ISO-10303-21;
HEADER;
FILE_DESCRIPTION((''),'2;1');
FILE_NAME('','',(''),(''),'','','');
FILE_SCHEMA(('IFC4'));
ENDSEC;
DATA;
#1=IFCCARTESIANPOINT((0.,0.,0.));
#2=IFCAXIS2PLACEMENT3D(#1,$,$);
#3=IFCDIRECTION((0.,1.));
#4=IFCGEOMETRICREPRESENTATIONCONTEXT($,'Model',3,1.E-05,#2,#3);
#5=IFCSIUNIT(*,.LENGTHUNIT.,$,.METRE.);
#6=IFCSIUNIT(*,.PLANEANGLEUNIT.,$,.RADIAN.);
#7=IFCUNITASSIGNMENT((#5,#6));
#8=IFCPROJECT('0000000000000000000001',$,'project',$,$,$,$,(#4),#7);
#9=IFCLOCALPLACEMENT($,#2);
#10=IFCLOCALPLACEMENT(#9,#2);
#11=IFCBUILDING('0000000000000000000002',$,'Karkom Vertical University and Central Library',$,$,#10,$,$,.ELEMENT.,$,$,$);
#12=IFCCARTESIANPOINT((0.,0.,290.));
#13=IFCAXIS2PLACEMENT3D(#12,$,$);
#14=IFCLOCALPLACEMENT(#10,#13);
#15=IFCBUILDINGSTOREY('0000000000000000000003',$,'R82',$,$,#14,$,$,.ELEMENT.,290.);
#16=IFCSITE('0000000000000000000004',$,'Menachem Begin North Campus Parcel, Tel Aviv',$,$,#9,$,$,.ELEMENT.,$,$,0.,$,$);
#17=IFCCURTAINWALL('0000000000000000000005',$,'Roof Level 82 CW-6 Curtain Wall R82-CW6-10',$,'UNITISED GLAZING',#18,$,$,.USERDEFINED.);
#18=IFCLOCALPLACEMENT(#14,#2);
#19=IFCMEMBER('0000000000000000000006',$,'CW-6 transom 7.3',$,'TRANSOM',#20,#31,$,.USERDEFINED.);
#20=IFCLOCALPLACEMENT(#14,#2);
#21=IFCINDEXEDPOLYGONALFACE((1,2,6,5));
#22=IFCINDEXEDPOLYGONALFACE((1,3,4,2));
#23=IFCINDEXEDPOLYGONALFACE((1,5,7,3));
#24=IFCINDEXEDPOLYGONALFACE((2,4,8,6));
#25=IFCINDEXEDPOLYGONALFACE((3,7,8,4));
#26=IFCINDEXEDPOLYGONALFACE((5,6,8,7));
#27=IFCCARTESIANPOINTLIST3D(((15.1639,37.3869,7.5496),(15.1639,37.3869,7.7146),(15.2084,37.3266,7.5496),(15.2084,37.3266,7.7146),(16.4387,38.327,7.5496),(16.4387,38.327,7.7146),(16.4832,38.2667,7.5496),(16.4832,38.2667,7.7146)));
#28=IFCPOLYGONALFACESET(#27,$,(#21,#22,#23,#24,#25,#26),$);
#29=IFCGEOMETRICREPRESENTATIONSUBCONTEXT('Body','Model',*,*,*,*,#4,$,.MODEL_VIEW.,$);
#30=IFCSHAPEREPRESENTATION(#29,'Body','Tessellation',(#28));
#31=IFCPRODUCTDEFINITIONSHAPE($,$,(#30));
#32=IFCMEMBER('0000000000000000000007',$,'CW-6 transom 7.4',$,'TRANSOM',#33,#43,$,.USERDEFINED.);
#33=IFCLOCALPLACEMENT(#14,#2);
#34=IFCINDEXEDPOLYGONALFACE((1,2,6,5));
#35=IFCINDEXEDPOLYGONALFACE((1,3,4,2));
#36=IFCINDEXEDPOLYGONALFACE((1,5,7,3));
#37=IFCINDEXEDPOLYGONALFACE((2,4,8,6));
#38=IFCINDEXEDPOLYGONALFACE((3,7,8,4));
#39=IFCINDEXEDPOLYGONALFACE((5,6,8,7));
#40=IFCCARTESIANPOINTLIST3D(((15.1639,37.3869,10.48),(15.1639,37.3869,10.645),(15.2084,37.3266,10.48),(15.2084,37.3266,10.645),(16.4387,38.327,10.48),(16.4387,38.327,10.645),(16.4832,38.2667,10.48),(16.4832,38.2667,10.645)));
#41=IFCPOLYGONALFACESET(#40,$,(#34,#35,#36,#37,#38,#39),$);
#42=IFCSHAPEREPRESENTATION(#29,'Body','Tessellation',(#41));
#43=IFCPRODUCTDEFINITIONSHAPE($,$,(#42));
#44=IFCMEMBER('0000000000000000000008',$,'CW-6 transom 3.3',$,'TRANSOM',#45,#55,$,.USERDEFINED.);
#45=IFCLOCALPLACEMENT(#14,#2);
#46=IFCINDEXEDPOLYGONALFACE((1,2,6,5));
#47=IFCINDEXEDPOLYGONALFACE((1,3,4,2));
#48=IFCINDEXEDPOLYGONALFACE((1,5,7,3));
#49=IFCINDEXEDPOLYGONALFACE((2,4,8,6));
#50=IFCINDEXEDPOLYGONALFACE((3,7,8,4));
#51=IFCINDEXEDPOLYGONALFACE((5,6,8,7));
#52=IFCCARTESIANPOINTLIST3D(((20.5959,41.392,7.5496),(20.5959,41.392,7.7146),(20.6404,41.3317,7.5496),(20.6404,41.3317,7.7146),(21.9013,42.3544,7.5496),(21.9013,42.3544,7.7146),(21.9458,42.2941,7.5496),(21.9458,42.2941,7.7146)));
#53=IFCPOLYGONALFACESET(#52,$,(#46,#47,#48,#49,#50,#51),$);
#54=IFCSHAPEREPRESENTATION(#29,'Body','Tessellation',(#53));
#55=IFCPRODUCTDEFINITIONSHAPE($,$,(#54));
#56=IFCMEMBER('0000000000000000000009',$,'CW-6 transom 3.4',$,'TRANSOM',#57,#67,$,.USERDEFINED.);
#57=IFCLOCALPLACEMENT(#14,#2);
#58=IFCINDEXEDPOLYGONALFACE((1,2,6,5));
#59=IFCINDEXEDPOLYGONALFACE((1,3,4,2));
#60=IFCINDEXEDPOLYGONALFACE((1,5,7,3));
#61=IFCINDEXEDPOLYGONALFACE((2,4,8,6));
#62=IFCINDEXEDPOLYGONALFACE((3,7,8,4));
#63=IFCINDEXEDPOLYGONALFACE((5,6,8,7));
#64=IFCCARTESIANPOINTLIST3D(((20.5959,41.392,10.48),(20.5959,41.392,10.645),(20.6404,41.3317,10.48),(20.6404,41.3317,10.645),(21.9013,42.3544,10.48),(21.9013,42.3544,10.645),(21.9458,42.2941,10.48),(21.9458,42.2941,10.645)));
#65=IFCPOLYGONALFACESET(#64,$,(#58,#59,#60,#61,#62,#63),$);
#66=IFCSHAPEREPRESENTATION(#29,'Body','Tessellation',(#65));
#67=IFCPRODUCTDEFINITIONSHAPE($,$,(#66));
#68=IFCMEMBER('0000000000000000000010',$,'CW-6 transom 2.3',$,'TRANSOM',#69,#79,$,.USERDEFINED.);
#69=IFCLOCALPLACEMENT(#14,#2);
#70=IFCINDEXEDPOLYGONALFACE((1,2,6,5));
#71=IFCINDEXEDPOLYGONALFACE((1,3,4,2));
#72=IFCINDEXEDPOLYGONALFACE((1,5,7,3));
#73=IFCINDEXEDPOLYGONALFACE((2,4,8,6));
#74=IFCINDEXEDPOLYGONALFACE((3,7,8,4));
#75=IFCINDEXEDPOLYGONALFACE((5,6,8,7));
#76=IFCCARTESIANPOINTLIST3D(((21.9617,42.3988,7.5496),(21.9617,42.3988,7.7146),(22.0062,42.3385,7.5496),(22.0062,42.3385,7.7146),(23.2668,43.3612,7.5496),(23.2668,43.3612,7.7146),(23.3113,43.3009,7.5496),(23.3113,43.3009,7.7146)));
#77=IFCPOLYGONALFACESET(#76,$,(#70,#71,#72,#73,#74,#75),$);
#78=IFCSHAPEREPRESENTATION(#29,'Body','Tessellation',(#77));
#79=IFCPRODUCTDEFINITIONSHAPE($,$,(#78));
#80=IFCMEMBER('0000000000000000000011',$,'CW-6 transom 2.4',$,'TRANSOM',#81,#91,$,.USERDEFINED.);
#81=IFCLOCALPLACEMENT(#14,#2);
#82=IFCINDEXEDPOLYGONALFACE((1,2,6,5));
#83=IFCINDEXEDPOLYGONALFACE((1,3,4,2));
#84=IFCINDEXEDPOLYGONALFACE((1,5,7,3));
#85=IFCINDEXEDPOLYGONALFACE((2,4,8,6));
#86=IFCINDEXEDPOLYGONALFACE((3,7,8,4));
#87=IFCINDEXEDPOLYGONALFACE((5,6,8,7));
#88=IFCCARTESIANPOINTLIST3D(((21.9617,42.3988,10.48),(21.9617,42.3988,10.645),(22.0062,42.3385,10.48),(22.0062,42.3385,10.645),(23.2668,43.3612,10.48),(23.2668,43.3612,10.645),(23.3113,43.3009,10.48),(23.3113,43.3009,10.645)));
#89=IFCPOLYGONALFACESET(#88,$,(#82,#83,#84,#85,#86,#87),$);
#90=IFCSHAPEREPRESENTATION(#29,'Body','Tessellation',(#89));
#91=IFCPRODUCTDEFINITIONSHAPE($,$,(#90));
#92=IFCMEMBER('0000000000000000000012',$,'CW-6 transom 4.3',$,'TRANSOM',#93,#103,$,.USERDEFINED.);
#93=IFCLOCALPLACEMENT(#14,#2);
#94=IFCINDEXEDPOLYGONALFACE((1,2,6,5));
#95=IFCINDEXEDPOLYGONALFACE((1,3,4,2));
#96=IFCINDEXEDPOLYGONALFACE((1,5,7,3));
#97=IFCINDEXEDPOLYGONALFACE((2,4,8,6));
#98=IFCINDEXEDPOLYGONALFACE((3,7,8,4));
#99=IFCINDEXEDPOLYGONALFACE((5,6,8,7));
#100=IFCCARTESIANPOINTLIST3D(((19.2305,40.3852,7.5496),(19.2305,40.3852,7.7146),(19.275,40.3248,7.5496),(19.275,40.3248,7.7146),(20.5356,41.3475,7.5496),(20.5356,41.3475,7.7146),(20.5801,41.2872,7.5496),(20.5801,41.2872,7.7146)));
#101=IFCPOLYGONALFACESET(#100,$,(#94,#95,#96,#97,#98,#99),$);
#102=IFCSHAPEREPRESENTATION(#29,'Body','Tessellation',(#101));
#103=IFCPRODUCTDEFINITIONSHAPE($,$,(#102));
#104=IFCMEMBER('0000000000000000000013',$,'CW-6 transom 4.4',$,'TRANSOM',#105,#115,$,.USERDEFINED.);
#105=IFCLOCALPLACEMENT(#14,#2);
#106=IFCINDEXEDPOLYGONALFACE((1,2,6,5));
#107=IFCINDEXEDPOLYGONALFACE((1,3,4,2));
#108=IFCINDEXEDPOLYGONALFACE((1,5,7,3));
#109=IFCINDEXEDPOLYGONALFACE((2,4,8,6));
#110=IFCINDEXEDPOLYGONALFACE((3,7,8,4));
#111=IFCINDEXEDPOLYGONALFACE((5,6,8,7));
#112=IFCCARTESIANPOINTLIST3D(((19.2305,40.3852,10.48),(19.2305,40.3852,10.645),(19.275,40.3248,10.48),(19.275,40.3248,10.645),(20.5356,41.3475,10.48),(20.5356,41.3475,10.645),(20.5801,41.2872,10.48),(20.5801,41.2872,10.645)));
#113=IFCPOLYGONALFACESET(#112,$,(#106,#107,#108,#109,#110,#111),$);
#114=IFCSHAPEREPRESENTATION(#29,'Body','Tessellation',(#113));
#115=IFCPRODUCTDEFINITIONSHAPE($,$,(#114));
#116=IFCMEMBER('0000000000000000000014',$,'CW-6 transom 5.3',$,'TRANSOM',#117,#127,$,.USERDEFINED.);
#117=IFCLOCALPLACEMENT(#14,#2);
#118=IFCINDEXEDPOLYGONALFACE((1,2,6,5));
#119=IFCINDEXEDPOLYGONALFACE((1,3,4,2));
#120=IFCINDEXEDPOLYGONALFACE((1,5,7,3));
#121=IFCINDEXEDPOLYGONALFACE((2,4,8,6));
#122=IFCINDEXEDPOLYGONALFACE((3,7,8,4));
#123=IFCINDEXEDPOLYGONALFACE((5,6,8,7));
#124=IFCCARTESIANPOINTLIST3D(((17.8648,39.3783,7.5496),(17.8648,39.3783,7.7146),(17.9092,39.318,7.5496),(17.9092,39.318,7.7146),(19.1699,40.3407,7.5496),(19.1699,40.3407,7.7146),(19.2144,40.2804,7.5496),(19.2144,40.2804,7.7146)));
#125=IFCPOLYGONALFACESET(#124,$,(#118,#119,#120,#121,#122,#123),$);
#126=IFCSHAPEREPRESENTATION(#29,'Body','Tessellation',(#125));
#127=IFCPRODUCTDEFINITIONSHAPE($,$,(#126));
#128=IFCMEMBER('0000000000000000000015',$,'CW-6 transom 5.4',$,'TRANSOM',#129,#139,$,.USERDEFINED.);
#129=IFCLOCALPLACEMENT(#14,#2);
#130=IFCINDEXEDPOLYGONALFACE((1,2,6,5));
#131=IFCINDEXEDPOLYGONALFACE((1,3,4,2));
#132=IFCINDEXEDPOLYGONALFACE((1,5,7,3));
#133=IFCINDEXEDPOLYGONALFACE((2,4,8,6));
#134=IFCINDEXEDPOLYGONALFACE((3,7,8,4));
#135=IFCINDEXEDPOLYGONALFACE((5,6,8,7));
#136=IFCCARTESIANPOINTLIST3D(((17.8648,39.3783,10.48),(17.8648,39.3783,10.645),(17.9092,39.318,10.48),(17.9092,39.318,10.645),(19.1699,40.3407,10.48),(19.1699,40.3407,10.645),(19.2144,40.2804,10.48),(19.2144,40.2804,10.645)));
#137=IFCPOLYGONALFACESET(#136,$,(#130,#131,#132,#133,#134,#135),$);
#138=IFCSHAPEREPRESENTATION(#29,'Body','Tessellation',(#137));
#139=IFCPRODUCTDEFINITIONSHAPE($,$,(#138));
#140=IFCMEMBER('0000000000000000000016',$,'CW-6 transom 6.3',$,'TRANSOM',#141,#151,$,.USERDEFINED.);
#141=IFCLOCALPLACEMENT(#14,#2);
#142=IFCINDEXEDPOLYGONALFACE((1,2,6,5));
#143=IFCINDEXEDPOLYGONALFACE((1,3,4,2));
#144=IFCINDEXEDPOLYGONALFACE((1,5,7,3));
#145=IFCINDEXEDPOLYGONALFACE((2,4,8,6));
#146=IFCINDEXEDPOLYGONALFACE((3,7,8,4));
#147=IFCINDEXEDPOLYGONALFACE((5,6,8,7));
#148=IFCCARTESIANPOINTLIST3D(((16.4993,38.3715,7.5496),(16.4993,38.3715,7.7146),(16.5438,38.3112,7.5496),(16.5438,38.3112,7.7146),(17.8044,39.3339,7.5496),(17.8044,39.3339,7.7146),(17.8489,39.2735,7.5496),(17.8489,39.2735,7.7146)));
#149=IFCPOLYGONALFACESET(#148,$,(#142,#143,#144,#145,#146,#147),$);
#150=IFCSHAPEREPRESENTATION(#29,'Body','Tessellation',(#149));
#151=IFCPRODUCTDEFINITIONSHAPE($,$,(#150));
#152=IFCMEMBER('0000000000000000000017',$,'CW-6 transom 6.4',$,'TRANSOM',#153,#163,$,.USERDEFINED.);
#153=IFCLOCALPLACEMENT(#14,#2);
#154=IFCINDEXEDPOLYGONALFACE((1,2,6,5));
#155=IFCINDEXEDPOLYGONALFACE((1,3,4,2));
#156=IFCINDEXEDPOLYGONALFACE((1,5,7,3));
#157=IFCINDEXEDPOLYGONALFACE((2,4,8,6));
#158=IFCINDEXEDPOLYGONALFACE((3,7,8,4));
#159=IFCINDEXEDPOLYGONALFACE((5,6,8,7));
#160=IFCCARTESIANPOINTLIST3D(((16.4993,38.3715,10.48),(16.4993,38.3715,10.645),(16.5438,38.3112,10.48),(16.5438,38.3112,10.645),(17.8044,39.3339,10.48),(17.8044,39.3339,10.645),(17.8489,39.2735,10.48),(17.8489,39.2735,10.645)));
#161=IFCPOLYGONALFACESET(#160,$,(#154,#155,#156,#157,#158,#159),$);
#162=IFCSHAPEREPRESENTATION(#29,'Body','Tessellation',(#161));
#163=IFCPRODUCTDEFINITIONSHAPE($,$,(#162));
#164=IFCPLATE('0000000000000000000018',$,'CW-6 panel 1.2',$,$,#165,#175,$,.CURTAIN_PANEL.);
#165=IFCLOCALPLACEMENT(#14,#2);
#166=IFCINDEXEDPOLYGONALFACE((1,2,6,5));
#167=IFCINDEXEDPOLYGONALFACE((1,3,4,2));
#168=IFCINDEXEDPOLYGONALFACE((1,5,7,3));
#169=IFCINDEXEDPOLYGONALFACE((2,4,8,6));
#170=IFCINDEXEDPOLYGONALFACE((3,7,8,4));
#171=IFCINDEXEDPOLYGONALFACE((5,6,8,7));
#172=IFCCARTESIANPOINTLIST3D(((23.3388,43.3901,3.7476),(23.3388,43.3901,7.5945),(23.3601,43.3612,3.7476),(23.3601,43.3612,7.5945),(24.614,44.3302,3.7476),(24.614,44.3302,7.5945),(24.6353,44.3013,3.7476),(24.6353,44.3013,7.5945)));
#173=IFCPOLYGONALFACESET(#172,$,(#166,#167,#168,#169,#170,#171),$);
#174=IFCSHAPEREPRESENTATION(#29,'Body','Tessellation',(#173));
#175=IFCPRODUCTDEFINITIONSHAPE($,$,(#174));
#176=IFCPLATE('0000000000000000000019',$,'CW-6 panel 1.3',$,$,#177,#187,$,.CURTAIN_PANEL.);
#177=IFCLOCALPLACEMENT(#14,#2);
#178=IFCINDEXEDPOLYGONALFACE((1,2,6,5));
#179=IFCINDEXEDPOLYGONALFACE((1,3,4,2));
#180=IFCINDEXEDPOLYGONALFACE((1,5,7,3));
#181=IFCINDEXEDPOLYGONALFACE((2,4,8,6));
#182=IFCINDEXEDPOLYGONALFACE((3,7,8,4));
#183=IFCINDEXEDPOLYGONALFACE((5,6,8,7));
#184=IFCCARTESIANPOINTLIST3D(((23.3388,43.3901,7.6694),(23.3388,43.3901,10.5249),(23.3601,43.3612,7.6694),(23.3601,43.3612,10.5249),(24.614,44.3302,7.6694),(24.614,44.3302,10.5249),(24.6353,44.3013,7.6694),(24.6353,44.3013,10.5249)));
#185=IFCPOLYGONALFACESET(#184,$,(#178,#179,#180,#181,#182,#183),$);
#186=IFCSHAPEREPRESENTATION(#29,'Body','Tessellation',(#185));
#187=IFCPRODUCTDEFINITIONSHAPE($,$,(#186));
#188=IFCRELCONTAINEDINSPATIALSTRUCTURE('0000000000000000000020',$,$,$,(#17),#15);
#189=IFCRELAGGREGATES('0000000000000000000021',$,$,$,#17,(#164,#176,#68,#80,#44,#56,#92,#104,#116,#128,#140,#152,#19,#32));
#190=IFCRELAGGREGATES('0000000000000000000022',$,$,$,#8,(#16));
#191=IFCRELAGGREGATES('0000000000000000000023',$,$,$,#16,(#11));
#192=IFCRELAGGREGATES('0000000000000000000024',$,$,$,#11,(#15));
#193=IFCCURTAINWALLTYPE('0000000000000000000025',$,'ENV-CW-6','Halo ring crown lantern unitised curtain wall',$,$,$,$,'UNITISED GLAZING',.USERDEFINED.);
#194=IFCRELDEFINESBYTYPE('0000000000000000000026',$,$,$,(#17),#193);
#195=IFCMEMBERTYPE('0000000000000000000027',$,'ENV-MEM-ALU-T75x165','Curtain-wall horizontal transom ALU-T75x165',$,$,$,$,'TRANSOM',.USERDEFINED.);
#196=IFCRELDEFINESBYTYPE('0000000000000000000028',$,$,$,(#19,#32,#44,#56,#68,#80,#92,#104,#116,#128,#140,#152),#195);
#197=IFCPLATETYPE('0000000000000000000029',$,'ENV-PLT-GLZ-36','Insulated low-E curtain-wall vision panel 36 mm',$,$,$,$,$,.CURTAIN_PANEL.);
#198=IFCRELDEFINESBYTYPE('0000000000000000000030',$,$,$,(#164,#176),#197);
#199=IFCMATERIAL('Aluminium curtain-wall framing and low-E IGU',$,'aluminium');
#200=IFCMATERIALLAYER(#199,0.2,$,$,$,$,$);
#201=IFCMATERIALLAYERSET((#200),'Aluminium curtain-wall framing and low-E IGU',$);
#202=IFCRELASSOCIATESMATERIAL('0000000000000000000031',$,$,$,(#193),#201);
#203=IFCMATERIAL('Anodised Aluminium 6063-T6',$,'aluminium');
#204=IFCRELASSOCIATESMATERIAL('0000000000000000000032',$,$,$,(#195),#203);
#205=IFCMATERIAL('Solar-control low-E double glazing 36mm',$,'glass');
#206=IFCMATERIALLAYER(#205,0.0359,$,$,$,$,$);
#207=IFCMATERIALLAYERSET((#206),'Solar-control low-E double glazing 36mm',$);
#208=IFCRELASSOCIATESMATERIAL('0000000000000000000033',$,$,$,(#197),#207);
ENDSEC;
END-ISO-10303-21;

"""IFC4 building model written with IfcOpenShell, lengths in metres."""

from ifc_helpers import new_model, si_unit, direction, frame, origin, origin_with_axes, origin_2d, place, context, subcontext, project, spatial, rectangle, extrude, source, transform, mapped, material, layer, layer_set, material_profile, profile_set, type_object, element, aggregate, save


model = new_model("IFC4")

# Units and contexts
model_context = context("Model", 3, precision=1e-05, world=origin(), true_north=direction((0.0, 1.0)))
body_context = subcontext(model_context, "Body", "Model", "MODEL_VIEW")
ifc_project = project(units=[si_unit("LENGTHUNIT", "METRE"), si_unit("PLANEANGLEUNIT", "RADIAN")], contexts=[model_context])

# Site, building, storey
site_placement = place(None, origin())
site = spatial("IfcSite", under=ifc_project, at=site_placement, Name="Menachem Begin North Campus Parcel, Tel Aviv", CompositionType="ELEMENT", RefElevation=0.0)
building_placement = place(site_placement, origin())
building = spatial("IfcBuilding", under=site, at=building_placement, Name="Karkom Vertical University and Central Library", CompositionType="ELEMENT")
storey_placement = place(building_placement, frame((0.0, 0.0, 290.0)))
storey = spatial("IfcBuildingStorey", under=building, at=storey_placement, Name="R82", CompositionType="ELEMENT", Elevation=290.0)

# Curtain wall, members, plates
ifc_material_1 = material(Name="Aluminium curtain-wall framing and low-E IGU", Category="aluminium")
ifc_layer_1 = layer(ifc_material_1, 0.2)
ifc_layer_set_1 = layer_set([ifc_layer_1], Name="Aluminium curtain-wall framing and low-E IGU")
curtain_wall_type = type_object("IfcCurtainWallType", Name="ENV-CW-6", Description="Halo ring crown lantern unitised curtain wall", ElementType="UNITISED GLAZING", PredefinedType="USERDEFINED", material=ifc_layer_set_1)
curtain_wall_placement = place(storey_placement, origin())
curtain_wall = element("IfcCurtainWall", 1, at=curtain_wall_placement, inside=storey, type_object=curtain_wall_type, Name="Roof Level 82 CW-6 Curtain Wall R82-CW6-10", ObjectType="UNITISED GLAZING", PredefinedType="USERDEFINED")
ifc_material_2 = material(Name="Anodised Aluminium 6063-T6", Category="aluminium")
ifc_material_profile = material_profile(ifc_material_2, rectangle(XDim=0.075, YDim=0.165, at=origin_2d()), Name="ALU-T75x165")
ifc_profile_set = profile_set([ifc_material_profile], Name="Anodised Aluminium 6063-T6")
member_type = type_object("IfcMemberType", Name="ENV-MEM-ALU-T75x165", Description="Curtain-wall horizontal transom ALU-T75x165", ElementType="TRANSOM", PredefinedType="USERDEFINED", material=ifc_profile_set)
shared_shape_1 = source(origin_with_axes(), body_context, "Body", "SweptSolid", [
    extrude(rectangle(XDim=0.075, YDim=0.165, at=origin_2d()), origin(), (0.0, 0.0, 1.0), 1.584),
])
member_1_placement = place(storey_placement, frame((16.4609, 38.2969, 7.6321), z_axis=(-0.804819, -0.59352, 0.0), x_axis=(0.59352, -0.804819, 0.0)))
member_1 = element("IfcMember", 2, at=member_1_placement, type_object=member_type, Name="CW-6 transom 7.3", ObjectType="TRANSOM", PredefinedType="USERDEFINED", context=body_context, shape_type="MappedRepresentation", body=[
    mapped(shared_shape_1, transform((0.0, 0.0, 0.0), scale=1.0)),
])
member_2_placement = place(storey_placement, frame((16.4609, 38.2969, 10.5625), z_axis=(-0.804819, -0.59352, 0.0), x_axis=(0.59352, -0.804819, 0.0)))
member_2 = element("IfcMember", 3, at=member_2_placement, type_object=member_type, Name="CW-6 transom 7.4", ObjectType="TRANSOM", PredefinedType="USERDEFINED", context=body_context, shape_type="MappedRepresentation", body=[
    mapped(shared_shape_1, transform((0.0, 0.0, 0.0), scale=1.0)),
])
shared_shape_2 = source(origin_with_axes(), body_context, "Body", "SweptSolid", [
    extrude(rectangle(XDim=0.075, YDim=0.165, at=origin_2d()), origin(), (0.0, 0.0, 1.0), 1.6218),
])
member_3_placement = place(storey_placement, frame((21.9236, 42.3242, 7.6321), z_axis=(-0.804904, -0.593404, 0.0), x_axis=(0.593404, -0.804904, 0.0)))
member_3 = element("IfcMember", 4, at=member_3_placement, type_object=member_type, Name="CW-6 transom 3.3", ObjectType="TRANSOM", PredefinedType="USERDEFINED", context=body_context, shape_type="MappedRepresentation", body=[
    mapped(shared_shape_2, transform((0.0, 0.0, 0.0), scale=1.0)),
])
member_4_placement = place(storey_placement, frame((21.9236, 42.3242, 10.5625), z_axis=(-0.804904, -0.593404, 0.0), x_axis=(0.593404, -0.804904, 0.0)))
member_4 = element("IfcMember", 5, at=member_4_placement, type_object=member_type, Name="CW-6 transom 3.4", ObjectType="TRANSOM", PredefinedType="USERDEFINED", context=body_context, shape_type="MappedRepresentation", body=[
    mapped(shared_shape_2, transform((0.0, 0.0, 0.0), scale=1.0)),
])
shared_shape_3 = source(origin_with_axes(), body_context, "Body", "SweptSolid", [
    extrude(rectangle(XDim=0.075, YDim=0.165, at=origin_2d()), origin(), (0.0, 0.0, 1.0), 1.6216),
])
member_5_placement = place(storey_placement, frame((23.2891, 43.3311, 7.6321), z_axis=(-0.804851, -0.593476, 0.0), x_axis=(0.593476, -0.804851, 0.0)))
member_5 = element("IfcMember", 6, at=member_5_placement, type_object=member_type, Name="CW-6 transom 2.3", ObjectType="TRANSOM", PredefinedType="USERDEFINED", context=body_context, shape_type="MappedRepresentation", body=[
    mapped(shared_shape_3, transform((0.0, 0.0, 0.0), scale=1.0)),
])
member_6_placement = place(storey_placement, frame((23.2891, 43.3311, 10.5625), z_axis=(-0.804851, -0.593476, 0.0), x_axis=(0.593476, -0.804851, 0.0)))
member_6 = element("IfcMember", 7, at=member_6_placement, type_object=member_type, Name="CW-6 transom 2.4", ObjectType="TRANSOM", PredefinedType="USERDEFINED", context=body_context, shape_type="MappedRepresentation", body=[
    mapped(shared_shape_3, transform((0.0, 0.0, 0.0), scale=1.0)),
])
member_7_placement = place(storey_placement, frame((20.5579, 41.3174, 7.6321), z_axis=(-0.804851, -0.593476, 0.0), x_axis=(0.593476, -0.804851, 0.0)))
member_7 = element("IfcMember", 8, at=member_7_placement, type_object=member_type, Name="CW-6 transom 4.3", ObjectType="TRANSOM", PredefinedType="USERDEFINED", context=body_context, shape_type="MappedRepresentation", body=[
    mapped(shared_shape_3, transform((0.0, 0.0, 0.0), scale=1.0)),
])
member_8_placement = place(storey_placement, frame((20.5579, 41.3174, 10.5625), z_axis=(-0.804851, -0.593476, 0.0), x_axis=(0.593476, -0.804851, 0.0)))
member_8 = element("IfcMember", 9, at=member_8_placement, type_object=member_type, Name="CW-6 transom 4.4", ObjectType="TRANSOM", PredefinedType="USERDEFINED", context=body_context, shape_type="MappedRepresentation", body=[
    mapped(shared_shape_3, transform((0.0, 0.0, 0.0), scale=1.0)),
])
member_9_placement = place(storey_placement, frame((19.1921, 40.3105, 7.6321), z_axis=(-0.804851, -0.593476, 0.0), x_axis=(0.593476, -0.804851, 0.0)))
member_9 = element("IfcMember", 10, at=member_9_placement, type_object=member_type, Name="CW-6 transom 5.3", ObjectType="TRANSOM", PredefinedType="USERDEFINED", context=body_context, shape_type="MappedRepresentation", body=[
    mapped(shared_shape_3, transform((0.0, 0.0, 0.0), scale=1.0)),
])
member_10_placement = place(storey_placement, frame((19.1921, 40.3105, 10.5625), z_axis=(-0.804851, -0.593476, 0.0), x_axis=(0.593476, -0.804851, 0.0)))
member_10 = element("IfcMember", 11, at=member_10_placement, type_object=member_type, Name="CW-6 transom 5.4", ObjectType="TRANSOM", PredefinedType="USERDEFINED", context=body_context, shape_type="MappedRepresentation", body=[
    mapped(shared_shape_3, transform((0.0, 0.0, 0.0), scale=1.0)),
])
member_11_placement = place(storey_placement, frame((17.8267, 39.3037, 7.6321), z_axis=(-0.804851, -0.593476, 0.0), x_axis=(0.593476, -0.804851, 0.0)))
member_11 = element("IfcMember", 12, at=member_11_placement, type_object=member_type, Name="CW-6 transom 6.3", ObjectType="TRANSOM", PredefinedType="USERDEFINED", context=body_context, shape_type="MappedRepresentation", body=[
    mapped(shared_shape_3, transform((0.0, 0.0, 0.0), scale=1.0)),
])
member_12_placement = place(storey_placement, frame((17.8267, 39.3037, 10.5625), z_axis=(-0.804851, -0.593476, 0.0), x_axis=(0.593476, -0.804851, 0.0)))
member_12 = element("IfcMember", 13, at=member_12_placement, type_object=member_type, Name="CW-6 transom 6.4", ObjectType="TRANSOM", PredefinedType="USERDEFINED", context=body_context, shape_type="MappedRepresentation", body=[
    mapped(shared_shape_3, transform((0.0, 0.0, 0.0), scale=1.0)),
])
ifc_material_3 = material(Name="Solar-control low-E double glazing 36mm", Category="glass")
ifc_layer_2 = layer(ifc_material_3, 0.0359)
ifc_layer_set_2 = layer_set([ifc_layer_2], Name="Solar-control low-E double glazing 36mm")
plate_type = type_object("IfcPlateType", Name="ENV-PLT-GLZ-36", Description="Insulated low-E curtain-wall vision panel 36 mm", PredefinedType="CURTAIN_PANEL", material=ifc_layer_set_2)
shared_shape_4 = source(origin_with_axes(), body_context, "Body", "SweptSolid", [
    extrude(rectangle(XDim=1.5842, YDim=0.0359, at=origin_2d()), origin(), (0.0, 0.0, 1.0), 3.8469),
])
plate_1_placement = place(storey_placement, frame((23.9871, 43.8457, 3.7476), z_axis=(0.0, 0.0, 1.0), x_axis=(-0.804887, -0.593428, 0.0)))
plate_1 = element("IfcPlate", 14, at=plate_1_placement, type_object=plate_type, Name="CW-6 panel 1.2", PredefinedType="CURTAIN_PANEL", context=body_context, shape_type="MappedRepresentation", body=[
    mapped(shared_shape_4, transform((0.0, 0.0, 0.0), scale=1.0)),
])
shared_shape_5 = source(origin_with_axes(), body_context, "Body", "SweptSolid", [
    extrude(rectangle(XDim=1.5842, YDim=0.0359, at=origin_2d()), origin(), (0.0, 0.0, 1.0), 2.8555),
])
plate_2_placement = place(storey_placement, frame((23.9871, 43.8457, 7.6694), z_axis=(0.0, 0.0, 1.0), x_axis=(-0.804887, -0.593428, 0.0)))
plate_2 = element("IfcPlate", 15, at=plate_2_placement, type_object=plate_type, Name="CW-6 panel 1.3", PredefinedType="CURTAIN_PANEL", context=body_context, shape_type="MappedRepresentation", body=[
    mapped(shared_shape_5, transform((0.0, 0.0, 0.0), scale=1.0)),
])
aggregate(curtain_wall, [plate_1, plate_2, member_5, member_6, member_3, member_4, member_7, member_8, member_9, member_10, member_11, member_12, member_1, member_2])

save(model, "model.ifc")
